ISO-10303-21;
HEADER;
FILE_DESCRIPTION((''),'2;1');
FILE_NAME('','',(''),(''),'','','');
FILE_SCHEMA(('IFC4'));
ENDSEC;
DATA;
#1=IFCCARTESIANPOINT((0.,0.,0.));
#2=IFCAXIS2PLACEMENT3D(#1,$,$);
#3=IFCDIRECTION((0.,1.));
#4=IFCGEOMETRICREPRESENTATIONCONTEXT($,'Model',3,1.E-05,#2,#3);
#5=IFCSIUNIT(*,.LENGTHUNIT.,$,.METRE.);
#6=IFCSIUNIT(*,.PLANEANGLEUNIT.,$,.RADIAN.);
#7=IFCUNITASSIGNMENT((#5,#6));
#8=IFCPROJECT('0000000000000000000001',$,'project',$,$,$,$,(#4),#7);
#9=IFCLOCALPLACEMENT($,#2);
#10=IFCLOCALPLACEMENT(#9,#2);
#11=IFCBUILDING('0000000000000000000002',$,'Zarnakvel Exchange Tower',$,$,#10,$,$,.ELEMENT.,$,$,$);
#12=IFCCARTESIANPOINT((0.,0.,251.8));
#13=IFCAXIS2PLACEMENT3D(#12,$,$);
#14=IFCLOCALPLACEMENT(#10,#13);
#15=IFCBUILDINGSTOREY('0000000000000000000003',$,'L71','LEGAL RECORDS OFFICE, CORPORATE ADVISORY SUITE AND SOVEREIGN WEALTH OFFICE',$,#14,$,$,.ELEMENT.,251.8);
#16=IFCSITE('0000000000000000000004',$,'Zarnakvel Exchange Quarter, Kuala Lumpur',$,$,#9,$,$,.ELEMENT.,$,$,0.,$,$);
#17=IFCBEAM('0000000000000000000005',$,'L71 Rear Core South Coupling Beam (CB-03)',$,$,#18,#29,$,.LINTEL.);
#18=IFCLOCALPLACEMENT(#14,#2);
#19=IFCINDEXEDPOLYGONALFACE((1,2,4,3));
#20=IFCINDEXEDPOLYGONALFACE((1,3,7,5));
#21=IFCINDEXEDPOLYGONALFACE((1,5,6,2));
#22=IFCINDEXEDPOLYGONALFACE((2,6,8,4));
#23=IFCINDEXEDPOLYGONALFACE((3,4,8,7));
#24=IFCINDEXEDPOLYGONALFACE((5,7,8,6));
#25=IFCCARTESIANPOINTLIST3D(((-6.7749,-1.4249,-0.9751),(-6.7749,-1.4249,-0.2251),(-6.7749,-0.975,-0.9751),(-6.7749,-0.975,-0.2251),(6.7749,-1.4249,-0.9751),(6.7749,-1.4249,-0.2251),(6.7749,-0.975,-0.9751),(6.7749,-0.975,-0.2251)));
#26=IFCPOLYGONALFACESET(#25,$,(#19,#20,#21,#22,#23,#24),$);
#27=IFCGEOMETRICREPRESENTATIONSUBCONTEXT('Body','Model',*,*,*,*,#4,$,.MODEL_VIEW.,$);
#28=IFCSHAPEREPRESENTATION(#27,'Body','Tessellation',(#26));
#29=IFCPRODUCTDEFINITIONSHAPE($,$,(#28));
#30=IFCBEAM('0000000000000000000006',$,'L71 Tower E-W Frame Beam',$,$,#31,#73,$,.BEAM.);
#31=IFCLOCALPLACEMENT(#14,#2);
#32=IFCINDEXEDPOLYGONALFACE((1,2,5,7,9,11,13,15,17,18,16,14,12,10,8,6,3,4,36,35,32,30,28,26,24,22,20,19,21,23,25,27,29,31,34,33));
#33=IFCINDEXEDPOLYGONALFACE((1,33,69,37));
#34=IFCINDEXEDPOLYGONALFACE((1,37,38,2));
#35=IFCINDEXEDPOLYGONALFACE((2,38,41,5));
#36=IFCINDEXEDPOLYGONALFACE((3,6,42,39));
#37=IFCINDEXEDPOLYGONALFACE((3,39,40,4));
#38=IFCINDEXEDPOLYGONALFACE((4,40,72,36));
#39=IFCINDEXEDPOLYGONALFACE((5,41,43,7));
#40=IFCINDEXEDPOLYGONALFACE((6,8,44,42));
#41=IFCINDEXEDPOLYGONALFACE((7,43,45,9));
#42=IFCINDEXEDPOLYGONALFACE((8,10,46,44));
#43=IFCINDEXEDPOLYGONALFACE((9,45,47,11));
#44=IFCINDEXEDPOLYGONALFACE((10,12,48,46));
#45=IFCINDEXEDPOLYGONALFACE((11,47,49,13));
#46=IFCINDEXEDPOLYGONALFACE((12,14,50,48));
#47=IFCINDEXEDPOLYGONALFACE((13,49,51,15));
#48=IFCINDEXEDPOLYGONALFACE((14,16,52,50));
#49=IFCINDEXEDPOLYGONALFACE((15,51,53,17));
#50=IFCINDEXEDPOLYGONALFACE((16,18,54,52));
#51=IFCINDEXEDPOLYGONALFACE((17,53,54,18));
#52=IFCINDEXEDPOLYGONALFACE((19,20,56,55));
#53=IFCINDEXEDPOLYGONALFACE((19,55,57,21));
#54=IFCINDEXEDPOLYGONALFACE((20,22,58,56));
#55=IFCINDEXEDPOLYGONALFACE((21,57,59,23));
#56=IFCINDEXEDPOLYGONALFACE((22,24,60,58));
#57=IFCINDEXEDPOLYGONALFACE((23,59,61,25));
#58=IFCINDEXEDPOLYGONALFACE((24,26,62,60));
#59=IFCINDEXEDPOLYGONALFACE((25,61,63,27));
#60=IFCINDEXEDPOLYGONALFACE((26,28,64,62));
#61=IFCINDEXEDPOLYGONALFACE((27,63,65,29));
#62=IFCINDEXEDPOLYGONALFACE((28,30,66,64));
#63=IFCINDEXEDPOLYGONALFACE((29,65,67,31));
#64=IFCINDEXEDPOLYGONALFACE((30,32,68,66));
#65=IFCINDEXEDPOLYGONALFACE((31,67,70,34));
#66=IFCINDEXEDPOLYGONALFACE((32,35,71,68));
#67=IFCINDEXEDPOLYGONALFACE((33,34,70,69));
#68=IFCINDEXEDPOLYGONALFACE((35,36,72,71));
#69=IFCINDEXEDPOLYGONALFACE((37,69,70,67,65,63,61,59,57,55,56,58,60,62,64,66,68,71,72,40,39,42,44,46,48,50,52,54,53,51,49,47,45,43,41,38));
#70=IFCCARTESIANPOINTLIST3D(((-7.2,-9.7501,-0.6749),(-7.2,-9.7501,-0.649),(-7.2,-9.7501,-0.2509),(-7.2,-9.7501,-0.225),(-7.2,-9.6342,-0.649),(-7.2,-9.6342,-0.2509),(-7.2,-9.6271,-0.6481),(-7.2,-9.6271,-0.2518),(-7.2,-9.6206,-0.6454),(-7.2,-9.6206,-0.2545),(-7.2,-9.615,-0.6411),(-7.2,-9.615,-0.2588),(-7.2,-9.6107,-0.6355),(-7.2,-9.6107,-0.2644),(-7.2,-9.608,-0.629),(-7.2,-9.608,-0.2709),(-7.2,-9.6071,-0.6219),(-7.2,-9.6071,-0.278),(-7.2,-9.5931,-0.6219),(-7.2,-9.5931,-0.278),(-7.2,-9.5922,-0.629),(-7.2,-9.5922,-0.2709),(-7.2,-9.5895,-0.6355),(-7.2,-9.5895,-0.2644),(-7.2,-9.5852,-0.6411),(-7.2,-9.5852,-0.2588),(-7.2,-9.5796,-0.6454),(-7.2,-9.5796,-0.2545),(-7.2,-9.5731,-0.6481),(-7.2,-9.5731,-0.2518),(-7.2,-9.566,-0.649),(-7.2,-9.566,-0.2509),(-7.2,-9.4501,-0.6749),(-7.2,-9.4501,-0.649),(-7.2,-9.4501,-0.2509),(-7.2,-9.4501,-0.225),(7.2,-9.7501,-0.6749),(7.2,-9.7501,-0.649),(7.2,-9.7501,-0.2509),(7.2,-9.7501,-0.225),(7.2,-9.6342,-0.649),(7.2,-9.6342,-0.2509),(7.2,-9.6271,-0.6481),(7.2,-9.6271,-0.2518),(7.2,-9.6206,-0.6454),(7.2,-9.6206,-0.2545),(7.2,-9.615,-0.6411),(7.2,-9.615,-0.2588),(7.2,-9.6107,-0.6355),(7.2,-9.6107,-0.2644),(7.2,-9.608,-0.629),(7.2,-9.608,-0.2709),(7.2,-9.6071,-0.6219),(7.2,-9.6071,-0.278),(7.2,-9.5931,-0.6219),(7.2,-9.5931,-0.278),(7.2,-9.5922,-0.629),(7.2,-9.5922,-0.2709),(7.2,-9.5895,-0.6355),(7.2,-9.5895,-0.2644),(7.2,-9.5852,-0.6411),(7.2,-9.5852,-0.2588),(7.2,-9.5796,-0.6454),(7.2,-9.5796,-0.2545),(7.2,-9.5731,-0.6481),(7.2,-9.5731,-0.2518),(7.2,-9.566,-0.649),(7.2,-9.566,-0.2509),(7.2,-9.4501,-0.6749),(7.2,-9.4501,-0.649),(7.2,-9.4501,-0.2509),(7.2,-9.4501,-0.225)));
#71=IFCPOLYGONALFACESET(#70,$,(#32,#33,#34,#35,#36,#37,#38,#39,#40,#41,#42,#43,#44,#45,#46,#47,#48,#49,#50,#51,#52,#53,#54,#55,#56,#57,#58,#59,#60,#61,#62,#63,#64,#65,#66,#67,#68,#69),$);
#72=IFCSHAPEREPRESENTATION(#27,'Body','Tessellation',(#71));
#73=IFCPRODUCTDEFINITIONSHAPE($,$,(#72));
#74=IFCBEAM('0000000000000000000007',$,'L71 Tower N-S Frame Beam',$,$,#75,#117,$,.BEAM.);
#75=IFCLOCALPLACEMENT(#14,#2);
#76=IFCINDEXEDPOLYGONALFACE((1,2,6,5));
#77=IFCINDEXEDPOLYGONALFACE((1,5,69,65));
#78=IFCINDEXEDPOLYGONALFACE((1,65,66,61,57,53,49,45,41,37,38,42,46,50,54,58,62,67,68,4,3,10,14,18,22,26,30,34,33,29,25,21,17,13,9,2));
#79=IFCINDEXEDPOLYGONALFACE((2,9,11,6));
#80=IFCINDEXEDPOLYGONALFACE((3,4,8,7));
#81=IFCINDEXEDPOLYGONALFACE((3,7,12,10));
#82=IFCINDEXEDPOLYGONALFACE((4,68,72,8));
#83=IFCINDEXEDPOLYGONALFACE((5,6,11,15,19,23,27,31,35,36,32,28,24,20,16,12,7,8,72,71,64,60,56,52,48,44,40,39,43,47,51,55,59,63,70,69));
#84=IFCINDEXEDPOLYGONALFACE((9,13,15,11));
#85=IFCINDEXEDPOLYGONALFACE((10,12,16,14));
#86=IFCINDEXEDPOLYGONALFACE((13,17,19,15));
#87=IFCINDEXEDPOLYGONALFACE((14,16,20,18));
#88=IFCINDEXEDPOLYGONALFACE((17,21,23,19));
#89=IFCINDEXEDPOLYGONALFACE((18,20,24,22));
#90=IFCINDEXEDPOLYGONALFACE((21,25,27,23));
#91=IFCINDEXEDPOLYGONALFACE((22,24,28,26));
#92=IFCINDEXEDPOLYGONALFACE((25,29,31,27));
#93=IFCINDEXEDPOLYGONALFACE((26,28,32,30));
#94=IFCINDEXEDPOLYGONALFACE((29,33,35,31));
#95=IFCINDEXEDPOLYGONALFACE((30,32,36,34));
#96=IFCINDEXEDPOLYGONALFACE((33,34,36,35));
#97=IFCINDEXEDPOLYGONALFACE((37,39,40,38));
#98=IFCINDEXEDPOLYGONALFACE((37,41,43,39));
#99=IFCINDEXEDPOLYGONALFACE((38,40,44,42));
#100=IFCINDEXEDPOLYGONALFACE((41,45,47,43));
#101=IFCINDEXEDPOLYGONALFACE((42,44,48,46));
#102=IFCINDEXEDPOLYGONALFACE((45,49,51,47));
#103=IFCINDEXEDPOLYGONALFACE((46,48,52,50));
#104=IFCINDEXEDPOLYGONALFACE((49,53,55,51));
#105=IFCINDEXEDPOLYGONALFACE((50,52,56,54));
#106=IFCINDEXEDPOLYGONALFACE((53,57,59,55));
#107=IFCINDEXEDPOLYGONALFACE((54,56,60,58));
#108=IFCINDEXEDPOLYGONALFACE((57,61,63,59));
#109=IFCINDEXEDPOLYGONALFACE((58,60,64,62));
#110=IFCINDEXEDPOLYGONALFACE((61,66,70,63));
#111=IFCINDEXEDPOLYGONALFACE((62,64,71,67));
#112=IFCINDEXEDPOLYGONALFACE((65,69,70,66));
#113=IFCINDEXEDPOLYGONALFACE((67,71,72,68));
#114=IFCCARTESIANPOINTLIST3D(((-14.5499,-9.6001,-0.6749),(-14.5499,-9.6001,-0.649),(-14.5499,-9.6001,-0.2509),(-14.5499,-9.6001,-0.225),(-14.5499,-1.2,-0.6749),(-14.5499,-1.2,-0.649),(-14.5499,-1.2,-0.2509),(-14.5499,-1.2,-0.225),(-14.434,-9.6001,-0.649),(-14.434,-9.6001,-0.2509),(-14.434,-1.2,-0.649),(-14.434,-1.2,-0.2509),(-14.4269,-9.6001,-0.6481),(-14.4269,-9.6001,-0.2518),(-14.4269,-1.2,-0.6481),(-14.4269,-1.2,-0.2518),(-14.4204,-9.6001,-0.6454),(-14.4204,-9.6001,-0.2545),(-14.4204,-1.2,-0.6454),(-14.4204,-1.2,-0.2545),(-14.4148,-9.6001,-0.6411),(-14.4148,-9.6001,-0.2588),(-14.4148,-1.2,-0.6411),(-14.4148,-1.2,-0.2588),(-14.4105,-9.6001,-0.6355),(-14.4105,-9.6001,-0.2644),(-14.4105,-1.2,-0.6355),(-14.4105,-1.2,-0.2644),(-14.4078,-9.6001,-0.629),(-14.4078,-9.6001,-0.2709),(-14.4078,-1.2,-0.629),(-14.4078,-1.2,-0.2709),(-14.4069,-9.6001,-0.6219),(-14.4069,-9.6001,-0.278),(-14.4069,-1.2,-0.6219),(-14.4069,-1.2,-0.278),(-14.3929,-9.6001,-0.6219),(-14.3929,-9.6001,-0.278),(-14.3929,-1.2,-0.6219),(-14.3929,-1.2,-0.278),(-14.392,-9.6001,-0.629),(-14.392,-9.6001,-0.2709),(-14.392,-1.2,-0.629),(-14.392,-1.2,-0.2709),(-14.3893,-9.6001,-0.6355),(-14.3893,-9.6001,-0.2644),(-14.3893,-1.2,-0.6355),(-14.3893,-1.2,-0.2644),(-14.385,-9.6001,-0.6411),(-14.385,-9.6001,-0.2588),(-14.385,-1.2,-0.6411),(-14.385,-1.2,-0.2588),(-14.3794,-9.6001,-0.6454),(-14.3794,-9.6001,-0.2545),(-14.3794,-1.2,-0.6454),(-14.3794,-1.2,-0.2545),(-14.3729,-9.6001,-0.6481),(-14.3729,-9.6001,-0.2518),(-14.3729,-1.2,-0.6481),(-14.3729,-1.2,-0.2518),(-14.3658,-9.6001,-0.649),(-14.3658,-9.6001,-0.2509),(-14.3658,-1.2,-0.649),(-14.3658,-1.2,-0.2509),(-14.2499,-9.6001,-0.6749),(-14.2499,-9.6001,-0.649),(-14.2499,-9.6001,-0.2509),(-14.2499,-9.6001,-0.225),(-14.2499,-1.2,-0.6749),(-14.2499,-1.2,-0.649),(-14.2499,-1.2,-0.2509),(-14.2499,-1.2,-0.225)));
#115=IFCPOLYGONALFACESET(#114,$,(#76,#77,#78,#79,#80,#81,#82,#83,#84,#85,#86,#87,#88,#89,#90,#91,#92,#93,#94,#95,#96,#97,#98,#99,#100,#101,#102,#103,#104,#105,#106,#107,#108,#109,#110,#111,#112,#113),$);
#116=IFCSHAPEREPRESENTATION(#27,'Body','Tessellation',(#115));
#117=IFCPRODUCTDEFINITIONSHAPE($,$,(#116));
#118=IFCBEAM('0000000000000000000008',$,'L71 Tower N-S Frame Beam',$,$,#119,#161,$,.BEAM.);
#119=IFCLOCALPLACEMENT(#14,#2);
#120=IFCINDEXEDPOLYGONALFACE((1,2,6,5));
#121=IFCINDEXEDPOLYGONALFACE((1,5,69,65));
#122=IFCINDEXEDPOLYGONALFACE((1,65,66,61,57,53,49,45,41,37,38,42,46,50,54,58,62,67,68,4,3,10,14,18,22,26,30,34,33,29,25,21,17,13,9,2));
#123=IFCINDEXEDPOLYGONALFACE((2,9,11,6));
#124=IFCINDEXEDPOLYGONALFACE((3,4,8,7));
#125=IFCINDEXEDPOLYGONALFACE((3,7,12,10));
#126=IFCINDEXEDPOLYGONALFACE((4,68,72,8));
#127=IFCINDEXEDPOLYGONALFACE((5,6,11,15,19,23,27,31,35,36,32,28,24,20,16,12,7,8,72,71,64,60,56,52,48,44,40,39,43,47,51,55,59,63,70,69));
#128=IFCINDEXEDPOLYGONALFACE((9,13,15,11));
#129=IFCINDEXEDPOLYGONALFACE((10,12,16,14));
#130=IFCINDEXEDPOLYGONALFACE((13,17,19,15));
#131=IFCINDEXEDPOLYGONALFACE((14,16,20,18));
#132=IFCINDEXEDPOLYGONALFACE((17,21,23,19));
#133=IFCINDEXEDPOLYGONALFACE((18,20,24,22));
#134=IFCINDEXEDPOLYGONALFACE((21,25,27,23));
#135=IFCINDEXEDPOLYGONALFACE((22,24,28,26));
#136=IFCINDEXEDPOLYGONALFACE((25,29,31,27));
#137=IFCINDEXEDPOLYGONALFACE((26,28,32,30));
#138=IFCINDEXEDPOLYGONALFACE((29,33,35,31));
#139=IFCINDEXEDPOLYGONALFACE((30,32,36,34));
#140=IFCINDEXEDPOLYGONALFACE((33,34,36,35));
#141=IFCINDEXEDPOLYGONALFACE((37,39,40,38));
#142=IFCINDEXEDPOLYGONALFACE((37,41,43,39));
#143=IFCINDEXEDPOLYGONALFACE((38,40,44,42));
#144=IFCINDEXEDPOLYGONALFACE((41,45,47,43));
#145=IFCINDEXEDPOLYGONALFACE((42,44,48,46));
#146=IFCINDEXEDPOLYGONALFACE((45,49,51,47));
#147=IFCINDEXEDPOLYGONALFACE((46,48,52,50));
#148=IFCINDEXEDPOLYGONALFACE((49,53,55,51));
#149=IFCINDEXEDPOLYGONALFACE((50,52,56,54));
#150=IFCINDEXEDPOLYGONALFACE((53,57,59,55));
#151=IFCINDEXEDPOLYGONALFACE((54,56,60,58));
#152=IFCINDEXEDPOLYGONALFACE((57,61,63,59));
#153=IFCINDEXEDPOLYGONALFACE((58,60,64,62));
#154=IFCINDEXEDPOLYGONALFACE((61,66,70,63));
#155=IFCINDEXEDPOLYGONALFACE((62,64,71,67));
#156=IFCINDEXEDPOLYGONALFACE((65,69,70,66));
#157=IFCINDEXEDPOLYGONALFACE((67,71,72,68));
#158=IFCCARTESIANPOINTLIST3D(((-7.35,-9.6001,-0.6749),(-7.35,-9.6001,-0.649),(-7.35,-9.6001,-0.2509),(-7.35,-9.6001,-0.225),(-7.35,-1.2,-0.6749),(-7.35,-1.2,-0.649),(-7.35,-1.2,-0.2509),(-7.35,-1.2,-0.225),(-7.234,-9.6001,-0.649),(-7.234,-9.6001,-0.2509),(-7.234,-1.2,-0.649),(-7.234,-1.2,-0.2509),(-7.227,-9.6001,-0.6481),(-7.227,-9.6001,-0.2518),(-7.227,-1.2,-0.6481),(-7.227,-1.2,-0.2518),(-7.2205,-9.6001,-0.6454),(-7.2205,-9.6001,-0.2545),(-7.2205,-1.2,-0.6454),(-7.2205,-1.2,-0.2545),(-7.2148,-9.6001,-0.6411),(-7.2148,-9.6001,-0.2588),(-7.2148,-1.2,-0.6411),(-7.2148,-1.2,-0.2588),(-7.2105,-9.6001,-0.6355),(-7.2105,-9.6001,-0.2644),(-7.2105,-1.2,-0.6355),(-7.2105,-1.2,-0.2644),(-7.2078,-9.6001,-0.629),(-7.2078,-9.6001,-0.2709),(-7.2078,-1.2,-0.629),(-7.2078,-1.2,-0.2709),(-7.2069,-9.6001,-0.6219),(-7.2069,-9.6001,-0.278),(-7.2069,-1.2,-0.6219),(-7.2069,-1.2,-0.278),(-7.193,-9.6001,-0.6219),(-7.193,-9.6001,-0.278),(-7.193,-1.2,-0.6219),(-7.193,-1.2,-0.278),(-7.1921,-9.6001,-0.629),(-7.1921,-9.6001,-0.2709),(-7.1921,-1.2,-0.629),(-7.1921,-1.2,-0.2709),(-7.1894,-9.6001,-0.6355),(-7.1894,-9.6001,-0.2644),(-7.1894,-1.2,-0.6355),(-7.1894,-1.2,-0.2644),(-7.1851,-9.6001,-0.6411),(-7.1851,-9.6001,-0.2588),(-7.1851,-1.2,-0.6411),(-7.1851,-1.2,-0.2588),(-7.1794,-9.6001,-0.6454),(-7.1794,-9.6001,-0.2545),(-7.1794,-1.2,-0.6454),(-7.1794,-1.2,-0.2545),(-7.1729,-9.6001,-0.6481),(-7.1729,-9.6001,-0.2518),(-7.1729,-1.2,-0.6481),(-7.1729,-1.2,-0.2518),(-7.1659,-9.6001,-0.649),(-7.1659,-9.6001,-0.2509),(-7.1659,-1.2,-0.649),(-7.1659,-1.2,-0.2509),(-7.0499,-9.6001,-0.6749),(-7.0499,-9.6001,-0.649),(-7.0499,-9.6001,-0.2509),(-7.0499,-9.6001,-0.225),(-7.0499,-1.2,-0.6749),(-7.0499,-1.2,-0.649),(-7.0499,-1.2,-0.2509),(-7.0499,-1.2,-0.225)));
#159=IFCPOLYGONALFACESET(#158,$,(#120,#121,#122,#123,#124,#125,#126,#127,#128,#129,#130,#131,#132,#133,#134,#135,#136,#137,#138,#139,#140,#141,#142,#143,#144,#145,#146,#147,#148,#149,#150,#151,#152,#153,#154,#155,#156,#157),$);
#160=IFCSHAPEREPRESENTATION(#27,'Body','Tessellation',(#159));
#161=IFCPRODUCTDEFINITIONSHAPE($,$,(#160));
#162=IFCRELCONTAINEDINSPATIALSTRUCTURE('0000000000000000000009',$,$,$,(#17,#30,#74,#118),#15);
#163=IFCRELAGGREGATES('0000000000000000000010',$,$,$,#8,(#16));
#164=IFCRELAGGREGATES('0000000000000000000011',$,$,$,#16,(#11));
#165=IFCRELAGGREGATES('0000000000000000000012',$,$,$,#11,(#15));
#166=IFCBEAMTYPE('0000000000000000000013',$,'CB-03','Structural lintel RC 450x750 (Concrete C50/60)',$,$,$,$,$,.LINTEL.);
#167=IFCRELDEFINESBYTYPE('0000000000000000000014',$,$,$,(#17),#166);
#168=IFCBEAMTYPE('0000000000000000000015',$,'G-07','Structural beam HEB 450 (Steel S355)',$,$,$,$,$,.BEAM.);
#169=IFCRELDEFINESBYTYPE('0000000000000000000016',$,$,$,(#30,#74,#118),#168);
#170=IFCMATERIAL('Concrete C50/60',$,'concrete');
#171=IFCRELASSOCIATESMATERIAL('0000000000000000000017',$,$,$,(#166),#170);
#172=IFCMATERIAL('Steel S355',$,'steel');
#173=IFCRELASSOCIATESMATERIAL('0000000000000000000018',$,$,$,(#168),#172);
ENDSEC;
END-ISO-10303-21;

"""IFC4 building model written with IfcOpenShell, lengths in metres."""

from ifc_helpers import new_model, si_unit, direction, frame, origin, origin_2d, place, context, subcontext, project, spatial, rectangle, i_section, extrude, material, material_profile, profile_set, type_object, element, save


model = new_model("IFC4")

# Units and contexts
model_context = context("Model", 3, precision=1e-05, world=origin(), true_north=direction((0.0, 1.0)))
body_context = subcontext(model_context, "Body", "Model", "MODEL_VIEW")
ifc_project = project(units=[si_unit("LENGTHUNIT", "METRE"), si_unit("PLANEANGLEUNIT", "RADIAN")], contexts=[model_context])

# Site, building, storey
site_placement = place(None, origin())
site = spatial("IfcSite", under=ifc_project, at=site_placement, Name="Zarnakvel Exchange Quarter, Kuala Lumpur", CompositionType="ELEMENT", RefElevation=0.0)
building_placement = place(site_placement, origin())
building = spatial("IfcBuilding", under=site, at=building_placement, Name="Zarnakvel Exchange Tower", CompositionType="ELEMENT")
storey_placement = place(building_placement, frame((0.0, 0.0, 251.8)))
storey = spatial("IfcBuildingStorey", under=building, at=storey_placement, Name="L71", Description="LEGAL RECORDS OFFICE, CORPORATE ADVISORY SUITE AND SOVEREIGN WEALTH OFFICE", CompositionType="ELEMENT", Elevation=251.8)

# Shared definitions
ifc_material_1 = material(Name="Concrete C50/60", Category="concrete")

# Beams
ifc_material_2 = material(Name="Steel S355", Category="steel")
ifc_material_profile_1 = material_profile(ifc_material_1, rectangle(XDim=0.45, YDim=0.75, at=origin_2d()))
ifc_profile_set_1 = profile_set([ifc_material_profile_1], Name="Concrete C50/60")
beam_type_1 = type_object("IfcBeamType", Name="CB-03", Description="Structural lintel RC 450x750 (Concrete C50/60)", PredefinedType="LINTEL", material=ifc_profile_set_1)
beam_1_placement = place(storey_placement, frame((-6.7749, -1.2, -0.6001), z_axis=(1.0, 0.0, 0.0), x_axis=(0.0, 1.0, 0.0)))
element("IfcBeam", 1, at=beam_1_placement, inside=storey, type_object=beam_type_1, Name="L71 Rear Core South Coupling Beam (CB-03)", PredefinedType="LINTEL", context=body_context, shape_type="SweptSolid", body=[
    extrude(rectangle(XDim=0.45, YDim=0.75, at=origin_2d()), origin(), (0.0, 0.0, 1.0), 13.5498),
])
ifc_material_profile_2 = material_profile(ifc_material_2, i_section(OverallWidth=0.3, OverallDepth=0.45, WebThickness=0.0139, FlangeThickness=0.0259, FilletRadius=0.0271, at=origin_2d()))
ifc_profile_set_2 = profile_set([ifc_material_profile_2], Name="Steel S355")
beam_type_2 = type_object("IfcBeamType", Name="G-07", Description="Structural beam HEB 450 (Steel S355)", PredefinedType="BEAM", material=ifc_profile_set_2)
beam_2_placement = place(storey_placement, frame((-7.2, -9.6001, -0.45), z_axis=(1.0, 0.0, 0.0), x_axis=(0.0, 1.0, 0.0)))
element("IfcBeam", 2, at=beam_2_placement, inside=storey, type_object=beam_type_2, Name="L71 Tower E-W Frame Beam", PredefinedType="BEAM", context=body_context, shape_type="SweptSolid", body=[
    extrude(i_section(OverallWidth=0.3, OverallDepth=0.45, WebThickness=0.0139, FlangeThickness=0.0259, FilletRadius=0.0271, at=origin_2d()), origin(), (0.0, 0.0, 1.0), 14.3999),
])
for number, where, z_axis, x_axis, name in (
    (3, (-14.3999, -9.6001, -0.45), (0.0, 1.0, 0.0), (-1.0, 0.0, 0.0), "L71 Tower N-S Frame Beam"),
    (4, (-7.2, -9.6001, -0.45), (0.0, 1.0, 0.0), (-1.0, 0.0, 0.0), "L71 Tower N-S Frame Beam"),
):
    element("IfcBeam", number, at=place(storey_placement, frame(where, z_axis=z_axis, x_axis=x_axis)), inside=storey, type_object=beam_type_2, Name=name, PredefinedType="BEAM", context=body_context, shape_type="SweptSolid", body=[
        extrude(i_section(OverallWidth=0.3, OverallDepth=0.45, WebThickness=0.0139, FlangeThickness=0.0259, FilletRadius=0.0271, at=origin_2d()), origin(), (0.0, 0.0, 1.0), 8.4001),
    ])

save(model, "model.ifc")
